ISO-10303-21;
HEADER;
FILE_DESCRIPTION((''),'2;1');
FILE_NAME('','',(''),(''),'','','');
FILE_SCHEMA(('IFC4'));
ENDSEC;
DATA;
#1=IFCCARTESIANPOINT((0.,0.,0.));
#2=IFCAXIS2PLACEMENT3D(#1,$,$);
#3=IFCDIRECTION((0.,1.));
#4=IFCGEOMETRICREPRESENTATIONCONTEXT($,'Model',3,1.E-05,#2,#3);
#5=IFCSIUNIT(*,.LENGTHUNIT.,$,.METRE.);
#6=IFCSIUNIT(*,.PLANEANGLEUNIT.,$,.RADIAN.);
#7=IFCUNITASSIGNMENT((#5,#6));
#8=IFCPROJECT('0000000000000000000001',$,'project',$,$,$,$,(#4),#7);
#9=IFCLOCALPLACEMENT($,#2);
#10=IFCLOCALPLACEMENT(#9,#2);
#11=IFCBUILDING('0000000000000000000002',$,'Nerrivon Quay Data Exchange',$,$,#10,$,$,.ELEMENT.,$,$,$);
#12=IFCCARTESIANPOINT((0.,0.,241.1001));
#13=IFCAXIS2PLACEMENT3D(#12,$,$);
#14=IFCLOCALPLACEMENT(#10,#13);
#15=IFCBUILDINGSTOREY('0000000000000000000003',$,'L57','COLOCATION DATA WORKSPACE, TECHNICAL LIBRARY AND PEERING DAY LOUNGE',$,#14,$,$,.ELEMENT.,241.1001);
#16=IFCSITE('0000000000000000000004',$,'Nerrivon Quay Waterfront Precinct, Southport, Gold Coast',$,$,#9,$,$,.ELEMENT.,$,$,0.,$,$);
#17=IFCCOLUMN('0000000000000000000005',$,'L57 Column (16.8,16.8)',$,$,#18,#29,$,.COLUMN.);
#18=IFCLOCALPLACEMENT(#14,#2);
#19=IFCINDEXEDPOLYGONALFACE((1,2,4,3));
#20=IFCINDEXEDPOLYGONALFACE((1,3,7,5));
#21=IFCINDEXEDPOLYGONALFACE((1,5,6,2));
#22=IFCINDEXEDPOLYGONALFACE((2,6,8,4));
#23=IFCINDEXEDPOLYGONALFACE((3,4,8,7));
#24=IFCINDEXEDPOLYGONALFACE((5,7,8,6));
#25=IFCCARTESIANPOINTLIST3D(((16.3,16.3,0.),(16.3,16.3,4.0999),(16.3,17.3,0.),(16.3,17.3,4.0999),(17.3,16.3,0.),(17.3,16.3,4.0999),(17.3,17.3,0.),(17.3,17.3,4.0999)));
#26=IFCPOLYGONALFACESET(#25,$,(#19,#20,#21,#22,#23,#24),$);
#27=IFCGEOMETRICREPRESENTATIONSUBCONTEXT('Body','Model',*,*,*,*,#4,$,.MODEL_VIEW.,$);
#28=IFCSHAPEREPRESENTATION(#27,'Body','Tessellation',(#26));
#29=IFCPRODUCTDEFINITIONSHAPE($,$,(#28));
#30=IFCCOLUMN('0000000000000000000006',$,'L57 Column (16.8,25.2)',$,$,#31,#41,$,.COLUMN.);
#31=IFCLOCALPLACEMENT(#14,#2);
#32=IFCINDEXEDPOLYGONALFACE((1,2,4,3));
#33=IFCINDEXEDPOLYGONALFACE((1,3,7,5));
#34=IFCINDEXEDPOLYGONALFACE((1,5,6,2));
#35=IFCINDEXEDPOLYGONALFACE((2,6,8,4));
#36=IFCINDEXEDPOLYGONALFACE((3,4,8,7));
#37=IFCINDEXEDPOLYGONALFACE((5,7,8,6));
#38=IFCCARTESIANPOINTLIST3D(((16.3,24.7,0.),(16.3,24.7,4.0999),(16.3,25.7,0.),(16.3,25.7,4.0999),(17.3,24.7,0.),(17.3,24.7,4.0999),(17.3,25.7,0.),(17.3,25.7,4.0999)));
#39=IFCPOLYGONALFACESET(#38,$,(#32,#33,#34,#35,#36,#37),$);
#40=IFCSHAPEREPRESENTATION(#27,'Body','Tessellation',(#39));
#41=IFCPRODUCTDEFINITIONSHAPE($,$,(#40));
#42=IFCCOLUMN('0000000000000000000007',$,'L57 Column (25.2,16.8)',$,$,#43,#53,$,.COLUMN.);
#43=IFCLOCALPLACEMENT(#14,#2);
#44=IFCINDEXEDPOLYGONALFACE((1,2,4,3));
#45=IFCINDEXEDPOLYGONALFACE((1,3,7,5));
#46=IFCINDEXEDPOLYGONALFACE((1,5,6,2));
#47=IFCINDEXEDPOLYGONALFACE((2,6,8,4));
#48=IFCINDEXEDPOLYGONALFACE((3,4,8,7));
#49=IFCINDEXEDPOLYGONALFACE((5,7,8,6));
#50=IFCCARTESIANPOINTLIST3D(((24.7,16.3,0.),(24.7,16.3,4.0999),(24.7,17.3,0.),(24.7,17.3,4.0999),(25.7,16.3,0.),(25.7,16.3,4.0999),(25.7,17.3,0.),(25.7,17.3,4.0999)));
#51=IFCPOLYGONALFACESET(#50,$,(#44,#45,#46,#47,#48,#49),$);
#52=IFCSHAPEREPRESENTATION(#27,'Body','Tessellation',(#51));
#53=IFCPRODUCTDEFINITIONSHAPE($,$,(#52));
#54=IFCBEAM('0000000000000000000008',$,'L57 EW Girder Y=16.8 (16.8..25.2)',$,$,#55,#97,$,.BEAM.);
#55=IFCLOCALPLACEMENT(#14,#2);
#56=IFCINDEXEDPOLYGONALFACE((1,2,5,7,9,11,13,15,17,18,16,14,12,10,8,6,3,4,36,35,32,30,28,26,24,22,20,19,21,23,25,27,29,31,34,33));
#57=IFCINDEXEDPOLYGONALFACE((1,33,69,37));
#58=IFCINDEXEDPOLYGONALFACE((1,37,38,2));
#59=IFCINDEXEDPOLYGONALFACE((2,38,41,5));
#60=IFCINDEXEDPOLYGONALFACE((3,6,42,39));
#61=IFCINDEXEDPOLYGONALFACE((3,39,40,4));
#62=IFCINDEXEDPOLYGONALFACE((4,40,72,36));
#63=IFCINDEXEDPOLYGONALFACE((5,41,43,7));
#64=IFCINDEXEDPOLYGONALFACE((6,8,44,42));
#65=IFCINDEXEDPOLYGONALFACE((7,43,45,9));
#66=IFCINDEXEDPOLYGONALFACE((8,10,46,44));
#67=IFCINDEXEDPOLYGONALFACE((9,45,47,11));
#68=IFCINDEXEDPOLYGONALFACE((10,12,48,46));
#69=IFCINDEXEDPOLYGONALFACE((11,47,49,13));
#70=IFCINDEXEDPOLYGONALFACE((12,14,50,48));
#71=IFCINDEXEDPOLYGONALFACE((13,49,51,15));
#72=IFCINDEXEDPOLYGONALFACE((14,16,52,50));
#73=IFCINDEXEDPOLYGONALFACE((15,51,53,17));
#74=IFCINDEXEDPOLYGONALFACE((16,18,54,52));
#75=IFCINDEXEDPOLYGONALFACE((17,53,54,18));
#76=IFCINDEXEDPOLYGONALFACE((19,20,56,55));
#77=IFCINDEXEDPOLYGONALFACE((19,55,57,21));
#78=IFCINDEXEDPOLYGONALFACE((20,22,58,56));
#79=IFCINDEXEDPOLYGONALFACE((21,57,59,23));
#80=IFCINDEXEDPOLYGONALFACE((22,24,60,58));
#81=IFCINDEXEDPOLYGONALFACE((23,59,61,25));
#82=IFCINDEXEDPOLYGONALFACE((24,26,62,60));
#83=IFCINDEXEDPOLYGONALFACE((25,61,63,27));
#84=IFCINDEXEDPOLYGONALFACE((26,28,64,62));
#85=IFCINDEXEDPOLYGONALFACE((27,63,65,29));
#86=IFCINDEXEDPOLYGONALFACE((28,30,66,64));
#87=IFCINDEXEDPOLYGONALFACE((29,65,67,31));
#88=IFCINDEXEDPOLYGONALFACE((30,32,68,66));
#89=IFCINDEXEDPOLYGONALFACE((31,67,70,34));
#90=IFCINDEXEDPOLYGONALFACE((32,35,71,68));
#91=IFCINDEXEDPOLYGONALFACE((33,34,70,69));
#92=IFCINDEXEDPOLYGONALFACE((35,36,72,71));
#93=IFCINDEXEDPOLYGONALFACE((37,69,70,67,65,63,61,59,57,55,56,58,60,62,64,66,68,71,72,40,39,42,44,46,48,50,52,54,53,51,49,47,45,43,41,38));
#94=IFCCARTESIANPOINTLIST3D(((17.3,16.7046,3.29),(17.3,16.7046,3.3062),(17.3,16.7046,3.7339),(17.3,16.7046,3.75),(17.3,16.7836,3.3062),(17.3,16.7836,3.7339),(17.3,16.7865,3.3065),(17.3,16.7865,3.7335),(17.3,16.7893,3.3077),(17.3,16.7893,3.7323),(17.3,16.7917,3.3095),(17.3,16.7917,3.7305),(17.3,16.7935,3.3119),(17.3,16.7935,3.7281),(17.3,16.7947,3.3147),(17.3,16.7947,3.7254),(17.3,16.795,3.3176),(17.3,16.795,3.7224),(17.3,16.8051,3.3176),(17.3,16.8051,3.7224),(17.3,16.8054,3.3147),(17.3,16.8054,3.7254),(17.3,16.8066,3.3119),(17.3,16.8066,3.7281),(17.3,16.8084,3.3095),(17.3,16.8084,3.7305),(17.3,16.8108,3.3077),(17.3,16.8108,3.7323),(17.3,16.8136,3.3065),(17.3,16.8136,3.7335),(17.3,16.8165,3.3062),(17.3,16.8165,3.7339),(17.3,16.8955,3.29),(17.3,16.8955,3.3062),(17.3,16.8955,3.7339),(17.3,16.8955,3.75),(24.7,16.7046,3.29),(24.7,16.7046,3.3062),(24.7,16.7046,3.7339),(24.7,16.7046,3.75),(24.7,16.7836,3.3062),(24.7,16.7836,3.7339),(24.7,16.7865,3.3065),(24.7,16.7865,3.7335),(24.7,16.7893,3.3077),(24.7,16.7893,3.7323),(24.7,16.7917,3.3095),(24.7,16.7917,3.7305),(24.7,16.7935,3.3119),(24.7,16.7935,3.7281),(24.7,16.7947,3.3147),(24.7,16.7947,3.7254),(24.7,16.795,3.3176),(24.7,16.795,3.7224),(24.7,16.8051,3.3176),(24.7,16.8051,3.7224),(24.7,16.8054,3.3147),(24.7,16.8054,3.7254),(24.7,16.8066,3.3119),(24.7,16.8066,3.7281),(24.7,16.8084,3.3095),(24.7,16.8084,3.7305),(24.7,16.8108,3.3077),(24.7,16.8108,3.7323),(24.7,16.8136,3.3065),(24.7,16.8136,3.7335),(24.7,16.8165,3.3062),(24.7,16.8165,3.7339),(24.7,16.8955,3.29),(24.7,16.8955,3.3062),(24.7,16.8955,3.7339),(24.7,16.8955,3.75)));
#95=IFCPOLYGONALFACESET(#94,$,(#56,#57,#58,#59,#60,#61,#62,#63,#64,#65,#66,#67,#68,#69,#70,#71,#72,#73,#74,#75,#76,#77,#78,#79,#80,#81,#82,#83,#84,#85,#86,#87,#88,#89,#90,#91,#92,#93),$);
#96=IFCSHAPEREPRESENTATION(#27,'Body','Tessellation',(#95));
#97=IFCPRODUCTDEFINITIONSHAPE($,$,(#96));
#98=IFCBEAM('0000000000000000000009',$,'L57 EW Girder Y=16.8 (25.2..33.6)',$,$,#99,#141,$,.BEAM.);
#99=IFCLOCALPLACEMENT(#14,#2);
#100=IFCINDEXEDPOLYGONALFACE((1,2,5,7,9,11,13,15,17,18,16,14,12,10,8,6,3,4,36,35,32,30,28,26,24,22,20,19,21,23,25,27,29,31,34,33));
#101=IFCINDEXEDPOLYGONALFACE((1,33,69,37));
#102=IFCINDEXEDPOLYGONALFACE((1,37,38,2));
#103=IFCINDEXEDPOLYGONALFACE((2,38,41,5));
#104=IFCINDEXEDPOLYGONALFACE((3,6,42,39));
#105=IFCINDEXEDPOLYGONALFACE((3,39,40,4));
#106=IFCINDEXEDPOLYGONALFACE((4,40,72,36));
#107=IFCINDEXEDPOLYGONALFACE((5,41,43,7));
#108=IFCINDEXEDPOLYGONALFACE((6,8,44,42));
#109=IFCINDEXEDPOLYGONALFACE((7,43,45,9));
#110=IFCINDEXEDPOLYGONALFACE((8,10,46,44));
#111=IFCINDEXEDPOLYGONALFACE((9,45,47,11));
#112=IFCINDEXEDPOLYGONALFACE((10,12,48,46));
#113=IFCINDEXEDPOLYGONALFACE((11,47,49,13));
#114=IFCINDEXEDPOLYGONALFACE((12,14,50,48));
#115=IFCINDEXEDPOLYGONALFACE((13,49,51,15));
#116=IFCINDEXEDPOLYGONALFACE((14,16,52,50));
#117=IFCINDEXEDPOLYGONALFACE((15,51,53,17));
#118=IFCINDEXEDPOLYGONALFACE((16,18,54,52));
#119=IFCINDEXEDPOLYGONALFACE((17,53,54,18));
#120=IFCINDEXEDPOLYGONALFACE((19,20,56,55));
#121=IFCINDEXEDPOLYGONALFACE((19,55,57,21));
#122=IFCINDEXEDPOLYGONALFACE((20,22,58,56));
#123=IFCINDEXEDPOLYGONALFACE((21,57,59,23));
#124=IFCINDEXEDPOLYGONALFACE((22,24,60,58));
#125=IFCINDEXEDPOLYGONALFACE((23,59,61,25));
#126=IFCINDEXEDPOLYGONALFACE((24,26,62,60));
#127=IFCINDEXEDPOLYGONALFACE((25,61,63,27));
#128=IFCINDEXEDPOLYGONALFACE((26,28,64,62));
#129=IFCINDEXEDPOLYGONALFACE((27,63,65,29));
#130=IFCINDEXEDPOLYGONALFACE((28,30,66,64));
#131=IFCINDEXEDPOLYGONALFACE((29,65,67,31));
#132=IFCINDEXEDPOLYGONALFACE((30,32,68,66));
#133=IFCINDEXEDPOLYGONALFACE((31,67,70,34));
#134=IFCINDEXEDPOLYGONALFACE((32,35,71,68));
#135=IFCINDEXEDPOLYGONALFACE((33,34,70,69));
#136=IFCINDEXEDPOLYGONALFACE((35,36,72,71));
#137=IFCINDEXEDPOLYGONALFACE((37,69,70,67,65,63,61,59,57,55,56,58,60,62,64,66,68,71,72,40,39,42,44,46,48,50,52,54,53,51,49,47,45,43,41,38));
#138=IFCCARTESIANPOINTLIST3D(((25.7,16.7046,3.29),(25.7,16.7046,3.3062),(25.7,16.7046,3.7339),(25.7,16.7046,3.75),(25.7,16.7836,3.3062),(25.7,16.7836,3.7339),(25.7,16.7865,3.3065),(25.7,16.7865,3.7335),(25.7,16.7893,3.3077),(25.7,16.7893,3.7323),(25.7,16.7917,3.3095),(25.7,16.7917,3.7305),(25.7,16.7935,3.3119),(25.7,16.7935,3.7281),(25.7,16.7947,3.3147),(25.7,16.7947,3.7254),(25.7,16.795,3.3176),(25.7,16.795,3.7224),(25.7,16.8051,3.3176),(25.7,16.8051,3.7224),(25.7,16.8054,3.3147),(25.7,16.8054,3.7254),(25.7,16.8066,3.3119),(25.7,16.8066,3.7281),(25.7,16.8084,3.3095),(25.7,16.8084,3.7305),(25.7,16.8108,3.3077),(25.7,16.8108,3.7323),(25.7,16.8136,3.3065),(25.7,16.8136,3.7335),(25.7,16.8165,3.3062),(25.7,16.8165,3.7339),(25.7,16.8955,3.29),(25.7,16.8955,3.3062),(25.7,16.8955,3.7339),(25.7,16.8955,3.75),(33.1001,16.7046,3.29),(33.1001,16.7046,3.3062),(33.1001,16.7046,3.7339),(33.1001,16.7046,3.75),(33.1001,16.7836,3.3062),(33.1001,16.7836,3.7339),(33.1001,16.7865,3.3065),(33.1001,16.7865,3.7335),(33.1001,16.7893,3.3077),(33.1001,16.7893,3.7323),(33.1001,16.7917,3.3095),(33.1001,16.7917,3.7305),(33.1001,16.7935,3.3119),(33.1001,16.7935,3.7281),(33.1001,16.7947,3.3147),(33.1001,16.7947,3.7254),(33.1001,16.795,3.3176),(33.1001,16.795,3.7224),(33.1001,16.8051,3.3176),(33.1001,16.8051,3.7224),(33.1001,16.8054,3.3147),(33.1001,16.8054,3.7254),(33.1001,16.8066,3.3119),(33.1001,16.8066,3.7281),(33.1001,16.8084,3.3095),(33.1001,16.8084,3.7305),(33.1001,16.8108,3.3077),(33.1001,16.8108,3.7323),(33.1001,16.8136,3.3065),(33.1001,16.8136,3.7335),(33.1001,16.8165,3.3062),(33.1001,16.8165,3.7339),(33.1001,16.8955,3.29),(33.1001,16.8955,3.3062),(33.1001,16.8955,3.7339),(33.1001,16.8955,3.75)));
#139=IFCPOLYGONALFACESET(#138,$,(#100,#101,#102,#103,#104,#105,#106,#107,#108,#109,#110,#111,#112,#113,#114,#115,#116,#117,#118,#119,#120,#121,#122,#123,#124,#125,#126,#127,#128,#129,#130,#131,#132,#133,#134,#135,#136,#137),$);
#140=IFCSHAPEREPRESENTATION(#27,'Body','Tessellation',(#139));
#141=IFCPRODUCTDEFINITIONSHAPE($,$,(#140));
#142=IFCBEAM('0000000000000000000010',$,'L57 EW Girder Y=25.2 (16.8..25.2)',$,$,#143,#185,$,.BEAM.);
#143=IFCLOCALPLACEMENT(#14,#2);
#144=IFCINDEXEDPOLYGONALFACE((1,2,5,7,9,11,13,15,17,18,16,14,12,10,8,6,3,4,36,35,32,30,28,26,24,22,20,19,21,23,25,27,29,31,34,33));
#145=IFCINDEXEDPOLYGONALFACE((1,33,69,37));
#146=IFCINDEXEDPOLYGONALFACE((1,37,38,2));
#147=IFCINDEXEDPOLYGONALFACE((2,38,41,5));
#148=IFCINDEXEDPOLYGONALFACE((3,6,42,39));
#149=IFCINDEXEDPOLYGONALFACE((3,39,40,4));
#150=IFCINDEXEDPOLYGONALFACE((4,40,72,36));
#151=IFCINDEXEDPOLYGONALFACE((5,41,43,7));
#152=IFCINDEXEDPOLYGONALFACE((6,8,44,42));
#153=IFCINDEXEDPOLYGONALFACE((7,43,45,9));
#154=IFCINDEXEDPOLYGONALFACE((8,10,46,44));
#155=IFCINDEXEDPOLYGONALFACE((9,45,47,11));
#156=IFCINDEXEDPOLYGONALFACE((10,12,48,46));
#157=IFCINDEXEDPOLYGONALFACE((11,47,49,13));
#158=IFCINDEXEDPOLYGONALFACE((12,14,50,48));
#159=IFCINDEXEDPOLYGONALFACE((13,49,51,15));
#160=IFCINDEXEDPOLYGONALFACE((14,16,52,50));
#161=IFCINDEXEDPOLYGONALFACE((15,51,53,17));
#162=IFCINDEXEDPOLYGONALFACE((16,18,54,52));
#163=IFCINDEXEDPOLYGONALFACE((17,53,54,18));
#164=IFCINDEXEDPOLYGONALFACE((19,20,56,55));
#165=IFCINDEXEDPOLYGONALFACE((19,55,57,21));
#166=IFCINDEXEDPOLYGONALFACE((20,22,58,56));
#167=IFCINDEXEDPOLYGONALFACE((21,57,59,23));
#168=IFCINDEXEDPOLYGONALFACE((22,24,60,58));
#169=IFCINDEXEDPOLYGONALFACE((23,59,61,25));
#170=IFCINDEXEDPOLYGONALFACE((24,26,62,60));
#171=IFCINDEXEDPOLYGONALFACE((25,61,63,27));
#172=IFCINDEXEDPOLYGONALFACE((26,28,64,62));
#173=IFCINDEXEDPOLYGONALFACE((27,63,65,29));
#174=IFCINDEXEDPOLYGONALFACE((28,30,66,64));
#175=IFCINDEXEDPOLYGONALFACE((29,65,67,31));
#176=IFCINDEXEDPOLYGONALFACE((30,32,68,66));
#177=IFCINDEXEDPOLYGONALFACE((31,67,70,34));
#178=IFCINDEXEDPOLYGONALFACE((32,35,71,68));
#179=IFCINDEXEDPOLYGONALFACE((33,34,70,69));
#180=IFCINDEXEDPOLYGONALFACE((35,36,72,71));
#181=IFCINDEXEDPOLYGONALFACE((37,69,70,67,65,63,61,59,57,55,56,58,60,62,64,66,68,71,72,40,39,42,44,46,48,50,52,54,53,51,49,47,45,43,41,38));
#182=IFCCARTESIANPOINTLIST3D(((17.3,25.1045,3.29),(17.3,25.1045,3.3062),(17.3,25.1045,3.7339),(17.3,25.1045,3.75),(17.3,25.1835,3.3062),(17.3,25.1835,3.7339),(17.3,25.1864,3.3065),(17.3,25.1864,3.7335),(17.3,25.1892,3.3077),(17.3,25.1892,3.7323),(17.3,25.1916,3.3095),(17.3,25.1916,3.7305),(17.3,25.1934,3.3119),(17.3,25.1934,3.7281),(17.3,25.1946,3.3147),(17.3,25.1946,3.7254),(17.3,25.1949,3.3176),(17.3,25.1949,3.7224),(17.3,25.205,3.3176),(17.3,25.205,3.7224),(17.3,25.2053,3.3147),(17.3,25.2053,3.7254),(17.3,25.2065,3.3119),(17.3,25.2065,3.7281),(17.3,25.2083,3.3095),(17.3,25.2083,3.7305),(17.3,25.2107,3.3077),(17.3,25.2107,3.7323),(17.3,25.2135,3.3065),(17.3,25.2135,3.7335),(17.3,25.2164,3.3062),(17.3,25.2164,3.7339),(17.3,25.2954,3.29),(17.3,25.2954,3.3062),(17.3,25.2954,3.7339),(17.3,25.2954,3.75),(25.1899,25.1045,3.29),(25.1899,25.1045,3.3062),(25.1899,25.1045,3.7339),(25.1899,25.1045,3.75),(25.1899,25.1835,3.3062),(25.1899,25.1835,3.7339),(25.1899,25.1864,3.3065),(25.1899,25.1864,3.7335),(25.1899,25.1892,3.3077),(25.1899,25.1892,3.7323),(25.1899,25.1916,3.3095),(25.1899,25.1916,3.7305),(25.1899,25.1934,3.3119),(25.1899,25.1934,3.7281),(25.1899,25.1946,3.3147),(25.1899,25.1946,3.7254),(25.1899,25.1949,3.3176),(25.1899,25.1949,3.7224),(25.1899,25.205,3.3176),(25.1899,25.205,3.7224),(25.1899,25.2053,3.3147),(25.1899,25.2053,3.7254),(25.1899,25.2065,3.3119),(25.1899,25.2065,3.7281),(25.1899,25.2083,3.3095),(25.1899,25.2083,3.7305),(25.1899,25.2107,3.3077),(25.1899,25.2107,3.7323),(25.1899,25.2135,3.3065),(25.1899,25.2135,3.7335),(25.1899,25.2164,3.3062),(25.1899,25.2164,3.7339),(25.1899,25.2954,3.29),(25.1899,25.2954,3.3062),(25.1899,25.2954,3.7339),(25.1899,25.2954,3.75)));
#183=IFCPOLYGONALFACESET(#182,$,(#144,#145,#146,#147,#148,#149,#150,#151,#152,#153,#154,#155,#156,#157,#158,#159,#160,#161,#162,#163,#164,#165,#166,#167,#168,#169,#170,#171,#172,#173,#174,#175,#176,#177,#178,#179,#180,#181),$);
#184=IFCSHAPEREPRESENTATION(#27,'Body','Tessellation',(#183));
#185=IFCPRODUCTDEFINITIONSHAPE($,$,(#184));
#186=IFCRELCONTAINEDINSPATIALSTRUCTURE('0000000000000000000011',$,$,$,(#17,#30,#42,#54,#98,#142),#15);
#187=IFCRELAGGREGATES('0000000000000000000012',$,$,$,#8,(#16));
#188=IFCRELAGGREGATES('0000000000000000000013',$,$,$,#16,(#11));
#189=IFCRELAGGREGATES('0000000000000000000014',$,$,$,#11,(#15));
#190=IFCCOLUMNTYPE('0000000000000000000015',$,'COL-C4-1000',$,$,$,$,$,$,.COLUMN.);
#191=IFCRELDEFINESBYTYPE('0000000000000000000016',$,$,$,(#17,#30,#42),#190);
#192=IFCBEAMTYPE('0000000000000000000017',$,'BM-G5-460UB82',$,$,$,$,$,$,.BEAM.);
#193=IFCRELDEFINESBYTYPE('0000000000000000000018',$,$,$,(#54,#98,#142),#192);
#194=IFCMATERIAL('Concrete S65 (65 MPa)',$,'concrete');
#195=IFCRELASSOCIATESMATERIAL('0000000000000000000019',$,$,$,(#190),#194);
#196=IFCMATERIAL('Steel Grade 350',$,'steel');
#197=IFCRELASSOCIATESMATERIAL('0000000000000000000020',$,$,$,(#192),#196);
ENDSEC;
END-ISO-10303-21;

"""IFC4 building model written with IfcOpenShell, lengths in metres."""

from ifc_helpers import new_model, si_unit, direction, frame, origin, origin_2d, place, context, subcontext, project, spatial, rectangle, i_section, extrude, material, material_profile, profile_set, type_object, element, save


model = new_model("IFC4")

# Units and contexts
model_context = context("Model", 3, precision=1e-05, world=origin(), true_north=direction((0.0, 1.0)))
body_context = subcontext(model_context, "Body", "Model", "MODEL_VIEW")
ifc_project = project(units=[si_unit("LENGTHUNIT", "METRE"), si_unit("PLANEANGLEUNIT", "RADIAN")], contexts=[model_context])

# Site, building, storey
site_placement = place(None, origin())
site = spatial("IfcSite", under=ifc_project, at=site_placement, Name="Nerrivon Quay Waterfront Precinct, Southport, Gold Coast", CompositionType="ELEMENT", RefElevation=0.0)
building_placement = place(site_placement, origin())
building = spatial("IfcBuilding", under=site, at=building_placement, Name="Nerrivon Quay Data Exchange", CompositionType="ELEMENT")
storey_placement = place(building_placement, frame((0.0, 0.0, 241.1001)))
storey = spatial("IfcBuildingStorey", under=building, at=storey_placement, Name="L57", Description="COLOCATION DATA WORKSPACE, TECHNICAL LIBRARY AND PEERING DAY LOUNGE", CompositionType="ELEMENT", Elevation=241.1001)

# Columns
ifc_material_1 = material(Name="Concrete S65 (65 MPa)", Category="concrete")
ifc_material_profile_1 = material_profile(ifc_material_1, rectangle(XDim=1.0, YDim=1.0, at=origin_2d()), Name="RC-COL-1000x1000")
ifc_profile_set_1 = profile_set([ifc_material_profile_1], Name="Concrete S65 (65 MPa)")
column_type = type_object("IfcColumnType", Name="COL-C4-1000", PredefinedType="COLUMN", material=ifc_profile_set_1)
for number, where, z_axis, x_axis, name in (
    (1, (16.8, 16.8, 0.0), (0.0, 0.0, 1.0), (1.0, 0.0, 0.0), "L57 Column (16.8,16.8)"),
    (2, (16.8, 25.2, 0.0), (0.0, 0.0, 1.0), (1.0, 0.0, 0.0), "L57 Column (16.8,25.2)"),
    (3, (25.2, 16.8, 0.0), (0.0, 0.0, 1.0), (1.0, 0.0, 0.0), "L57 Column (25.2,16.8)"),
):
    element("IfcColumn", number, at=place(storey_placement, frame(where, z_axis=z_axis, x_axis=x_axis)), inside=storey, type_object=column_type, Name=name, PredefinedType="COLUMN", context=body_context, shape_type="SweptSolid", body=[
        extrude(rectangle(XDim=1.0, YDim=1.0, at=origin_2d()), origin(), (0.0, 0.0, 1.0), 4.0999),
    ])

# Beams
ifc_material_2 = material(Name="Steel Grade 350", Category="steel")
ifc_material_profile_2 = material_profile(ifc_material_2, i_section(OverallWidth=0.1909, OverallDepth=0.46, WebThickness=0.01, FlangeThickness=0.0161, FilletRadius=0.0115, at=origin_2d()), Name="460UB82.1")
ifc_profile_set_2 = profile_set([ifc_material_profile_2], Name="Steel Grade 350")
beam_type_1 = type_object("IfcBeamType", Name="BM-G5-460UB82", PredefinedType="BEAM", material=ifc_profile_set_2)
beam_1_placement = place(storey_placement, frame((17.3, 16.8, 3.52), z_axis=(1.0, 0.0, 0.0), x_axis=(0.0, 1.0, 0.0)))
element("IfcBeam", 4, at=beam_1_placement, inside=storey, type_object=beam_type_1, Name="L57 EW Girder Y=16.8 (16.8..25.2)", PredefinedType="BEAM", context=body_context, shape_type="SweptSolid", body=[
    extrude(i_section(OverallWidth=0.1909, OverallDepth=0.46, WebThickness=0.01, FlangeThickness=0.0161, FilletRadius=0.0115, at=origin_2d()), origin(), (0.0, 0.0, 1.0), 7.3999),
])
beam_2_placement = place(storey_placement, frame((25.7, 16.8, 3.52), z_axis=(1.0, 0.0, 0.0), x_axis=(0.0, 1.0, 0.0)))
element("IfcBeam", 5, at=beam_2_placement, inside=storey, type_object=beam_type_1, Name="L57 EW Girder Y=16.8 (25.2..33.6)", PredefinedType="BEAM", context=body_context, shape_type="SweptSolid", body=[
    extrude(i_section(OverallWidth=0.1909, OverallDepth=0.46, WebThickness=0.01, FlangeThickness=0.0161, FilletRadius=0.0115, at=origin_2d()), origin(), (0.0, 0.0, 1.0), 7.4001),
])
beam_3_placement = place(storey_placement, frame((17.3, 25.2, 3.52), z_axis=(1.0, 0.0, 0.0), x_axis=(0.0, 1.0, 0.0)))
element("IfcBeam", 6, at=beam_3_placement, inside=storey, type_object=beam_type_1, Name="L57 EW Girder Y=25.2 (16.8..25.2)", PredefinedType="BEAM", context=body_context, shape_type="SweptSolid", body=[
    extrude(i_section(OverallWidth=0.1909, OverallDepth=0.46, WebThickness=0.01, FlangeThickness=0.0161, FilletRadius=0.0115, at=origin_2d()), origin(), (0.0, 0.0, 1.0), 7.8899),
])

save(model, "model.ifc")
